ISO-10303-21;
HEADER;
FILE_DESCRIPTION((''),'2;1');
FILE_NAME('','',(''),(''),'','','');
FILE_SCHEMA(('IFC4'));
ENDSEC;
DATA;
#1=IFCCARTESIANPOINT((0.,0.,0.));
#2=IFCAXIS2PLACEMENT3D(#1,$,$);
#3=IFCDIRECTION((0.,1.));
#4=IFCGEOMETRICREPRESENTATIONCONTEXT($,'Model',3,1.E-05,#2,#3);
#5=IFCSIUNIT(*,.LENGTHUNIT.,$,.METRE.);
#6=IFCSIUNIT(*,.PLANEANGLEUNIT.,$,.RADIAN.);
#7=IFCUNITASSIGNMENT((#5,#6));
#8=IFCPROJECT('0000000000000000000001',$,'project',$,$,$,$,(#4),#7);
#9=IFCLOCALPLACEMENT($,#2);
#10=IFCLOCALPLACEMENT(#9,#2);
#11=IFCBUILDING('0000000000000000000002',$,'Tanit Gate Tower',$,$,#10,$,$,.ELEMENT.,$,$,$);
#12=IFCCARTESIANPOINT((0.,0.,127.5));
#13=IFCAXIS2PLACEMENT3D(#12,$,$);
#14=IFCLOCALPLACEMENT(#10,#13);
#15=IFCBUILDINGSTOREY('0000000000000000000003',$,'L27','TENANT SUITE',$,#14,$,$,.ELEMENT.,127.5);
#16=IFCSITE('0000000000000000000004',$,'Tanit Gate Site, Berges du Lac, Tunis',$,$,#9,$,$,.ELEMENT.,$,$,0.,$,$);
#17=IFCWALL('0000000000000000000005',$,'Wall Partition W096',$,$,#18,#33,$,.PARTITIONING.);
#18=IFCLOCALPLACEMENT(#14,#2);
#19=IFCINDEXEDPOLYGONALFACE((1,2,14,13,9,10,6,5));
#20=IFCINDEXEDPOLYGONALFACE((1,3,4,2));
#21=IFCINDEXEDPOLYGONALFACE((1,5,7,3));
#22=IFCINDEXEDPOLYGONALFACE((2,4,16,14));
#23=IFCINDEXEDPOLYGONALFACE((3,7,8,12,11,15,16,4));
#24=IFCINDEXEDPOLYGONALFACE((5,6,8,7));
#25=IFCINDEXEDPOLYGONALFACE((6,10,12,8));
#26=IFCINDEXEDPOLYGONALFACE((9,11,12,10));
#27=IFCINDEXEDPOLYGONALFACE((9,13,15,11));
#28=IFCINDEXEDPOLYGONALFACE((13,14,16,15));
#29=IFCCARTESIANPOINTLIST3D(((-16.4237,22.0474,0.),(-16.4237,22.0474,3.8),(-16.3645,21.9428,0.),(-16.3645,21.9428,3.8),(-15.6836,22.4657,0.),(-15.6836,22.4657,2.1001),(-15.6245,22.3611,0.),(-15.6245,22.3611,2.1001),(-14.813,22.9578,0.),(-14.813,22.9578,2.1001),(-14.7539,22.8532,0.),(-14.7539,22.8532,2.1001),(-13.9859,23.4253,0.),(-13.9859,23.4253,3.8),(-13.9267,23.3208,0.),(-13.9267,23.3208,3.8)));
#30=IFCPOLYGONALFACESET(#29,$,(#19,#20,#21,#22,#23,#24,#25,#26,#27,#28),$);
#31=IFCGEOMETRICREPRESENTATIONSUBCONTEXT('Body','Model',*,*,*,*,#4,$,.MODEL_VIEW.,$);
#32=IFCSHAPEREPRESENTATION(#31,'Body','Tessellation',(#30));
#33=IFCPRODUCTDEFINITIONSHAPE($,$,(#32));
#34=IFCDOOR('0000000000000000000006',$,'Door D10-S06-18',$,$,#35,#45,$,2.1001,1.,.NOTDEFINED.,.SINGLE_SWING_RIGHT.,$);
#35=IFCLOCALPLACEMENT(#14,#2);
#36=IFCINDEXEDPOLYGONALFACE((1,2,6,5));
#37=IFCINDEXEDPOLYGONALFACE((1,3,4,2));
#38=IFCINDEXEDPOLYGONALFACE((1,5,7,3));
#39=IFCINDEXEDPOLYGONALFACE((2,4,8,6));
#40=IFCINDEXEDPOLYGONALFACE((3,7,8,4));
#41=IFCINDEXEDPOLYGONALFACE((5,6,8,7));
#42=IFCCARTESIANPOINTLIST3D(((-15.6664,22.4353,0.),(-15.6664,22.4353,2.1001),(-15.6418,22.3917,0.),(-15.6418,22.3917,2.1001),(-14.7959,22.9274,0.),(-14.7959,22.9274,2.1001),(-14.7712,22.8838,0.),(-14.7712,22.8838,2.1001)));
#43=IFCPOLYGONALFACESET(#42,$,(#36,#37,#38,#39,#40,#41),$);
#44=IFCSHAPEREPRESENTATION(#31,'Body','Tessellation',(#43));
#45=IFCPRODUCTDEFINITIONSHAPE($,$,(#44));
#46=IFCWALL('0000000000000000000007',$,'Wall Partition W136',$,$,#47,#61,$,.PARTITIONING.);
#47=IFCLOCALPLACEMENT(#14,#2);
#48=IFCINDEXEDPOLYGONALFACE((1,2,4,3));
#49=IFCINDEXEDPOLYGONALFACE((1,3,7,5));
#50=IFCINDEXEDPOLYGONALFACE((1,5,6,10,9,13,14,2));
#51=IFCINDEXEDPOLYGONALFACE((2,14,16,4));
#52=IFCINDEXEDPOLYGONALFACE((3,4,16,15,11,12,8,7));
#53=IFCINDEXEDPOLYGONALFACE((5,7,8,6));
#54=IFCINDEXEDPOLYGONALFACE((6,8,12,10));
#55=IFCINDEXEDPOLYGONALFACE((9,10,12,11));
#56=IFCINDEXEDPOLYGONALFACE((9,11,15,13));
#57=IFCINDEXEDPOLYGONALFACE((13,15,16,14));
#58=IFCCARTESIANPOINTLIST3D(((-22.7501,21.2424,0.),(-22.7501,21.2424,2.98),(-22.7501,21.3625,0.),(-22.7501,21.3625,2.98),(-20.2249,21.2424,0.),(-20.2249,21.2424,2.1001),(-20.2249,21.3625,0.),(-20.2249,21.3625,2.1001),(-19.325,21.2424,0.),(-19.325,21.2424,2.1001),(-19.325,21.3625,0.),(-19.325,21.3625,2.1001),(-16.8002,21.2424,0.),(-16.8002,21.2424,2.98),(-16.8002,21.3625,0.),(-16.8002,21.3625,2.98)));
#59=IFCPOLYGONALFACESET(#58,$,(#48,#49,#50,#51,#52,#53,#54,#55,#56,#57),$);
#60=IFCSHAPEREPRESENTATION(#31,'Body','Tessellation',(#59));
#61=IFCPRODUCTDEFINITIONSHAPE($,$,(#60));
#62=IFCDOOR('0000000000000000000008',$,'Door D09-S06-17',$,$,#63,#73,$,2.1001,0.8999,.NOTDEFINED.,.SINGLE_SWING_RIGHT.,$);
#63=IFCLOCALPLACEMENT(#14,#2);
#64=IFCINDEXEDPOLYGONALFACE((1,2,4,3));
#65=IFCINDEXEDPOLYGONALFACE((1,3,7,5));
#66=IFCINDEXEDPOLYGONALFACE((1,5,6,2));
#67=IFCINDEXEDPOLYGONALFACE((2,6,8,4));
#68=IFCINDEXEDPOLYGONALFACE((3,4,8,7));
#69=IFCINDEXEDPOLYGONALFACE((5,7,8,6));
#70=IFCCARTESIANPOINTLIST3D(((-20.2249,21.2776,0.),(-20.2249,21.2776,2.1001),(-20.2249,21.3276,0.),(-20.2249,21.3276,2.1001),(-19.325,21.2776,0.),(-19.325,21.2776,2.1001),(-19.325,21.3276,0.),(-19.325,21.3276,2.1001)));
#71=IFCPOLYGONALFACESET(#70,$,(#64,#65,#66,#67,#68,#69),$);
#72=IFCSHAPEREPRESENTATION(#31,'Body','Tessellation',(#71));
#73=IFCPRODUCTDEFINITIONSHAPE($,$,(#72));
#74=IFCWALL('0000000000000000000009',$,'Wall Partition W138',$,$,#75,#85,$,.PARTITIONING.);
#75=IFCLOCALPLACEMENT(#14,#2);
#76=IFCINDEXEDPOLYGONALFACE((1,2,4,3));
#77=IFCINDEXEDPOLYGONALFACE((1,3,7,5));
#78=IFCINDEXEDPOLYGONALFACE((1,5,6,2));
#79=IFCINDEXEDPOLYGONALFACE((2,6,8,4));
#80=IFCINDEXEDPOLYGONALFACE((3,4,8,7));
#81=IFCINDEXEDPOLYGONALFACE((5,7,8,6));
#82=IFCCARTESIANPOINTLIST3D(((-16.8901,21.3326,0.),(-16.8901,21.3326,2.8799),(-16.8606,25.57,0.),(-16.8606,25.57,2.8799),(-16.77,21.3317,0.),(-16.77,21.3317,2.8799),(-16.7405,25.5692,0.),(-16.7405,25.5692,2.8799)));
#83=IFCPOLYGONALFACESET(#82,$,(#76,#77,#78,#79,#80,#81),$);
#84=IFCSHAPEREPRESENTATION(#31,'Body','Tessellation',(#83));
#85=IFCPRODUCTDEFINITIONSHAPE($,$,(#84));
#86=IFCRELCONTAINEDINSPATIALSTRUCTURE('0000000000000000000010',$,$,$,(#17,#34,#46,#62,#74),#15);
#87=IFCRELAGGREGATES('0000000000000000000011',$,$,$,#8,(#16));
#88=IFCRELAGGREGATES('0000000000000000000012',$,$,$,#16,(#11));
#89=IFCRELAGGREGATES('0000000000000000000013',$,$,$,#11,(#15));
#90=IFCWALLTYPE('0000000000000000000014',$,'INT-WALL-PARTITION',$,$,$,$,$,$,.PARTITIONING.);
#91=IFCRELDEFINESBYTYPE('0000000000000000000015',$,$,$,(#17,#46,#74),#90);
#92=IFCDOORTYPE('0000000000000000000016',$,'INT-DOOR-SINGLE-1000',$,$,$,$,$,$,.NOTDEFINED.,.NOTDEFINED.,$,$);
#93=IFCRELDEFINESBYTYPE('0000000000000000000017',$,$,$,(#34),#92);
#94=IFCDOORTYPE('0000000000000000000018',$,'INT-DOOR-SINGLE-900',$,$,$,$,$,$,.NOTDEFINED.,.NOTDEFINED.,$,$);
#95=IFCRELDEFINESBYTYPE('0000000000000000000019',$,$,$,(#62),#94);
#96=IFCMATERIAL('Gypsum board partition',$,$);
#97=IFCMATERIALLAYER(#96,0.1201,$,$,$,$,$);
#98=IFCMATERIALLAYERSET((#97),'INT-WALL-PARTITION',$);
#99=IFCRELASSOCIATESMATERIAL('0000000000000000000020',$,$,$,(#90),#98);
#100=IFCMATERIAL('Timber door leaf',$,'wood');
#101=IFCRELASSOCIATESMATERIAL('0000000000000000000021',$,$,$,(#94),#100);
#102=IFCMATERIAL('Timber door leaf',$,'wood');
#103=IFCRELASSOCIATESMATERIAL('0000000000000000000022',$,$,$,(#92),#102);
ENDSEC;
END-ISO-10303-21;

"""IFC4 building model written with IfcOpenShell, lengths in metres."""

from ifc_helpers import new_model, si_unit, direction, frame, frame_2d, origin, place, context, subcontext, project, spatial, rectangle, extrude, material, layer, layer_set, type_object, element, fill, save


model = new_model("IFC4")

# Units and contexts
model_context = context("Model", 3, precision=1e-05, world=origin(), true_north=direction((0.0, 1.0)))
body_context = subcontext(model_context, "Body", "Model", "MODEL_VIEW")
ifc_project = project(units=[si_unit("LENGTHUNIT", "METRE"), si_unit("PLANEANGLEUNIT", "RADIAN")], contexts=[model_context])

# Site, building, storey
site_placement = place(None, origin())
site = spatial("IfcSite", under=ifc_project, at=site_placement, Name="Tanit Gate Site, Berges du Lac, Tunis", CompositionType="ELEMENT", RefElevation=0.0)
building_placement = place(site_placement, origin())
building = spatial("IfcBuilding", under=site, at=building_placement, Name="Tanit Gate Tower", CompositionType="ELEMENT")
storey_placement = place(building_placement, frame((0.0, 0.0, 127.5)))
storey = spatial("IfcBuildingStorey", under=building, at=storey_placement, Name="L27", Description="TENANT SUITE", CompositionType="ELEMENT", Elevation=127.5)

# Shared definitions
ifc_material_1 = material(Name="Gypsum board partition")
ifc_layer_1 = layer(ifc_material_1, 0.1201)
ifc_layer_set_1 = layer_set([ifc_layer_1], Name="INT-WALL-PARTITION")
wall_type_1 = type_object("IfcWallType", Name="INT-WALL-PARTITION", PredefinedType="PARTITIONING", material=ifc_layer_set_1)

# Walls, openings, doors
ifc_material_2 = material(Name="Timber door leaf", Category="wood")
door_type_1 = type_object("IfcDoorType", Name="INT-DOOR-SINGLE-900", OperationType="NOTDEFINED", PredefinedType="NOTDEFINED", material=ifc_material_2)
wall_1_placement = place(storey_placement, frame((-13.9563, 23.373, 0.0), z_axis=(0.0, 0.0, 1.0), x_axis=(-0.870551, -0.492077, 0.0)))
wall_1 = element("IfcWall", 1, at=wall_1_placement, inside=storey, type_object=wall_type_1, Name="Wall Partition W096", PredefinedType="PARTITIONING", context=body_context, shape_type="SweptSolid", body=[
    extrude(rectangle(XDim=2.8003, YDim=0.1201, at=frame_2d((1.4001, 0.0))), origin(), (0.0, 0.0, 1.0), 3.8),
])
opening_1_placement = place(wall_1_placement, frame((0.9502, 0.0, 0.0)))
opening_1 = element("IfcOpeningElement", 2, at=opening_1_placement, cuts=wall_1, PredefinedType="OPENING", context=body_context, shape_type="SweptSolid", body=[
    extrude(rectangle(XDim=1.0, YDim=2.1001, at=frame_2d((0.5, 1.05))), frame((0.0, 0.0701, 0.0), z_axis=(0.0, -1.0, 0.0), x_axis=(1.0, 0.0, 0.0)), (0.0, 0.0, 1.0), 0.1401),
])
ifc_material_3 = material(Name="Timber door leaf", Category="wood")
door_type_2 = type_object("IfcDoorType", Name="INT-DOOR-SINGLE-1000", OperationType="NOTDEFINED", PredefinedType="NOTDEFINED", material=ifc_material_3)
door_1_placement = place(opening_1_placement, origin())
door_1 = element("IfcDoor", 3, at=door_1_placement, inside=storey, type_object=door_type_2, Name="Door D10-S06-18", OperationType="SINGLE_SWING_RIGHT", OverallHeight=2.1001, OverallWidth=1.0, PredefinedType="NOTDEFINED", context=body_context, shape_type="SweptSolid", body=[
    extrude(rectangle(XDim=1.0, YDim=2.1001, at=frame_2d((0.5, 1.05))), frame((0.0, 0.0249, 0.0), z_axis=(0.0, -1.0, 0.0), x_axis=(1.0, 0.0, 0.0)), (0.0, 0.0, 1.0), 0.05),
])
fill(opening_1, door_1)
wall_2_placement = place(storey_placement, frame((-16.8, 21.3025, 0.0), z_axis=(0.0, 0.0, 1.0), x_axis=(-1.0, 0.0, 0.0)))
wall_2 = element("IfcWall", 4, at=wall_2_placement, inside=storey, type_object=wall_type_1, Name="Wall Partition W136", PredefinedType="PARTITIONING", context=body_context, shape_type="SweptSolid", body=[
    extrude(rectangle(XDim=5.95, YDim=0.1201, at=frame_2d((2.9751, 0.0))), origin(), (0.0, 0.0, 1.0), 2.98),
])
opening_2_placement = place(wall_2_placement, frame((2.5249, 0.0, 0.0)))
opening_2 = element("IfcOpeningElement", 5, at=opening_2_placement, cuts=wall_2, PredefinedType="OPENING", context=body_context, shape_type="SweptSolid", body=[
    extrude(rectangle(XDim=0.8999, YDim=2.1001, at=frame_2d((0.45, 1.05))), frame((0.0, 0.0701, 0.0), z_axis=(0.0, -1.0, 0.0), x_axis=(1.0, 0.0, 0.0)), (0.0, 0.0, 1.0), 0.1401),
])
door_2_placement = place(opening_2_placement, origin())
door_2 = element("IfcDoor", 6, at=door_2_placement, inside=storey, type_object=door_type_1, Name="Door D09-S06-17", OperationType="SINGLE_SWING_RIGHT", OverallHeight=2.1001, OverallWidth=0.8999, PredefinedType="NOTDEFINED", context=body_context, shape_type="SweptSolid", body=[
    extrude(rectangle(XDim=0.8999, YDim=2.1001, at=frame_2d((0.45, 1.05))), frame((0.0, 0.0249, 0.0), z_axis=(0.0, -1.0, 0.0), x_axis=(1.0, 0.0, 0.0)), (0.0, 0.0, 1.0), 0.05),
])
fill(opening_2, door_2)

# Wall
wall_3_placement = place(storey_placement, frame((-16.8301, 21.3323, 0.0), z_axis=(0.0, 0.0, 1.0), x_axis=(0.006971, 0.999976, 0.0)))
element("IfcWall", 7, at=wall_3_placement, inside=storey, type_object=wall_type_1, Name="Wall Partition W138", PredefinedType="PARTITIONING", context=body_context, shape_type="SweptSolid", body=[
    extrude(rectangle(XDim=4.2375, YDim=0.1201, at=frame_2d((2.1187, 0.0))), origin(), (0.0, 0.0, 1.0), 2.8799),
])

save(model, "model.ifc")
